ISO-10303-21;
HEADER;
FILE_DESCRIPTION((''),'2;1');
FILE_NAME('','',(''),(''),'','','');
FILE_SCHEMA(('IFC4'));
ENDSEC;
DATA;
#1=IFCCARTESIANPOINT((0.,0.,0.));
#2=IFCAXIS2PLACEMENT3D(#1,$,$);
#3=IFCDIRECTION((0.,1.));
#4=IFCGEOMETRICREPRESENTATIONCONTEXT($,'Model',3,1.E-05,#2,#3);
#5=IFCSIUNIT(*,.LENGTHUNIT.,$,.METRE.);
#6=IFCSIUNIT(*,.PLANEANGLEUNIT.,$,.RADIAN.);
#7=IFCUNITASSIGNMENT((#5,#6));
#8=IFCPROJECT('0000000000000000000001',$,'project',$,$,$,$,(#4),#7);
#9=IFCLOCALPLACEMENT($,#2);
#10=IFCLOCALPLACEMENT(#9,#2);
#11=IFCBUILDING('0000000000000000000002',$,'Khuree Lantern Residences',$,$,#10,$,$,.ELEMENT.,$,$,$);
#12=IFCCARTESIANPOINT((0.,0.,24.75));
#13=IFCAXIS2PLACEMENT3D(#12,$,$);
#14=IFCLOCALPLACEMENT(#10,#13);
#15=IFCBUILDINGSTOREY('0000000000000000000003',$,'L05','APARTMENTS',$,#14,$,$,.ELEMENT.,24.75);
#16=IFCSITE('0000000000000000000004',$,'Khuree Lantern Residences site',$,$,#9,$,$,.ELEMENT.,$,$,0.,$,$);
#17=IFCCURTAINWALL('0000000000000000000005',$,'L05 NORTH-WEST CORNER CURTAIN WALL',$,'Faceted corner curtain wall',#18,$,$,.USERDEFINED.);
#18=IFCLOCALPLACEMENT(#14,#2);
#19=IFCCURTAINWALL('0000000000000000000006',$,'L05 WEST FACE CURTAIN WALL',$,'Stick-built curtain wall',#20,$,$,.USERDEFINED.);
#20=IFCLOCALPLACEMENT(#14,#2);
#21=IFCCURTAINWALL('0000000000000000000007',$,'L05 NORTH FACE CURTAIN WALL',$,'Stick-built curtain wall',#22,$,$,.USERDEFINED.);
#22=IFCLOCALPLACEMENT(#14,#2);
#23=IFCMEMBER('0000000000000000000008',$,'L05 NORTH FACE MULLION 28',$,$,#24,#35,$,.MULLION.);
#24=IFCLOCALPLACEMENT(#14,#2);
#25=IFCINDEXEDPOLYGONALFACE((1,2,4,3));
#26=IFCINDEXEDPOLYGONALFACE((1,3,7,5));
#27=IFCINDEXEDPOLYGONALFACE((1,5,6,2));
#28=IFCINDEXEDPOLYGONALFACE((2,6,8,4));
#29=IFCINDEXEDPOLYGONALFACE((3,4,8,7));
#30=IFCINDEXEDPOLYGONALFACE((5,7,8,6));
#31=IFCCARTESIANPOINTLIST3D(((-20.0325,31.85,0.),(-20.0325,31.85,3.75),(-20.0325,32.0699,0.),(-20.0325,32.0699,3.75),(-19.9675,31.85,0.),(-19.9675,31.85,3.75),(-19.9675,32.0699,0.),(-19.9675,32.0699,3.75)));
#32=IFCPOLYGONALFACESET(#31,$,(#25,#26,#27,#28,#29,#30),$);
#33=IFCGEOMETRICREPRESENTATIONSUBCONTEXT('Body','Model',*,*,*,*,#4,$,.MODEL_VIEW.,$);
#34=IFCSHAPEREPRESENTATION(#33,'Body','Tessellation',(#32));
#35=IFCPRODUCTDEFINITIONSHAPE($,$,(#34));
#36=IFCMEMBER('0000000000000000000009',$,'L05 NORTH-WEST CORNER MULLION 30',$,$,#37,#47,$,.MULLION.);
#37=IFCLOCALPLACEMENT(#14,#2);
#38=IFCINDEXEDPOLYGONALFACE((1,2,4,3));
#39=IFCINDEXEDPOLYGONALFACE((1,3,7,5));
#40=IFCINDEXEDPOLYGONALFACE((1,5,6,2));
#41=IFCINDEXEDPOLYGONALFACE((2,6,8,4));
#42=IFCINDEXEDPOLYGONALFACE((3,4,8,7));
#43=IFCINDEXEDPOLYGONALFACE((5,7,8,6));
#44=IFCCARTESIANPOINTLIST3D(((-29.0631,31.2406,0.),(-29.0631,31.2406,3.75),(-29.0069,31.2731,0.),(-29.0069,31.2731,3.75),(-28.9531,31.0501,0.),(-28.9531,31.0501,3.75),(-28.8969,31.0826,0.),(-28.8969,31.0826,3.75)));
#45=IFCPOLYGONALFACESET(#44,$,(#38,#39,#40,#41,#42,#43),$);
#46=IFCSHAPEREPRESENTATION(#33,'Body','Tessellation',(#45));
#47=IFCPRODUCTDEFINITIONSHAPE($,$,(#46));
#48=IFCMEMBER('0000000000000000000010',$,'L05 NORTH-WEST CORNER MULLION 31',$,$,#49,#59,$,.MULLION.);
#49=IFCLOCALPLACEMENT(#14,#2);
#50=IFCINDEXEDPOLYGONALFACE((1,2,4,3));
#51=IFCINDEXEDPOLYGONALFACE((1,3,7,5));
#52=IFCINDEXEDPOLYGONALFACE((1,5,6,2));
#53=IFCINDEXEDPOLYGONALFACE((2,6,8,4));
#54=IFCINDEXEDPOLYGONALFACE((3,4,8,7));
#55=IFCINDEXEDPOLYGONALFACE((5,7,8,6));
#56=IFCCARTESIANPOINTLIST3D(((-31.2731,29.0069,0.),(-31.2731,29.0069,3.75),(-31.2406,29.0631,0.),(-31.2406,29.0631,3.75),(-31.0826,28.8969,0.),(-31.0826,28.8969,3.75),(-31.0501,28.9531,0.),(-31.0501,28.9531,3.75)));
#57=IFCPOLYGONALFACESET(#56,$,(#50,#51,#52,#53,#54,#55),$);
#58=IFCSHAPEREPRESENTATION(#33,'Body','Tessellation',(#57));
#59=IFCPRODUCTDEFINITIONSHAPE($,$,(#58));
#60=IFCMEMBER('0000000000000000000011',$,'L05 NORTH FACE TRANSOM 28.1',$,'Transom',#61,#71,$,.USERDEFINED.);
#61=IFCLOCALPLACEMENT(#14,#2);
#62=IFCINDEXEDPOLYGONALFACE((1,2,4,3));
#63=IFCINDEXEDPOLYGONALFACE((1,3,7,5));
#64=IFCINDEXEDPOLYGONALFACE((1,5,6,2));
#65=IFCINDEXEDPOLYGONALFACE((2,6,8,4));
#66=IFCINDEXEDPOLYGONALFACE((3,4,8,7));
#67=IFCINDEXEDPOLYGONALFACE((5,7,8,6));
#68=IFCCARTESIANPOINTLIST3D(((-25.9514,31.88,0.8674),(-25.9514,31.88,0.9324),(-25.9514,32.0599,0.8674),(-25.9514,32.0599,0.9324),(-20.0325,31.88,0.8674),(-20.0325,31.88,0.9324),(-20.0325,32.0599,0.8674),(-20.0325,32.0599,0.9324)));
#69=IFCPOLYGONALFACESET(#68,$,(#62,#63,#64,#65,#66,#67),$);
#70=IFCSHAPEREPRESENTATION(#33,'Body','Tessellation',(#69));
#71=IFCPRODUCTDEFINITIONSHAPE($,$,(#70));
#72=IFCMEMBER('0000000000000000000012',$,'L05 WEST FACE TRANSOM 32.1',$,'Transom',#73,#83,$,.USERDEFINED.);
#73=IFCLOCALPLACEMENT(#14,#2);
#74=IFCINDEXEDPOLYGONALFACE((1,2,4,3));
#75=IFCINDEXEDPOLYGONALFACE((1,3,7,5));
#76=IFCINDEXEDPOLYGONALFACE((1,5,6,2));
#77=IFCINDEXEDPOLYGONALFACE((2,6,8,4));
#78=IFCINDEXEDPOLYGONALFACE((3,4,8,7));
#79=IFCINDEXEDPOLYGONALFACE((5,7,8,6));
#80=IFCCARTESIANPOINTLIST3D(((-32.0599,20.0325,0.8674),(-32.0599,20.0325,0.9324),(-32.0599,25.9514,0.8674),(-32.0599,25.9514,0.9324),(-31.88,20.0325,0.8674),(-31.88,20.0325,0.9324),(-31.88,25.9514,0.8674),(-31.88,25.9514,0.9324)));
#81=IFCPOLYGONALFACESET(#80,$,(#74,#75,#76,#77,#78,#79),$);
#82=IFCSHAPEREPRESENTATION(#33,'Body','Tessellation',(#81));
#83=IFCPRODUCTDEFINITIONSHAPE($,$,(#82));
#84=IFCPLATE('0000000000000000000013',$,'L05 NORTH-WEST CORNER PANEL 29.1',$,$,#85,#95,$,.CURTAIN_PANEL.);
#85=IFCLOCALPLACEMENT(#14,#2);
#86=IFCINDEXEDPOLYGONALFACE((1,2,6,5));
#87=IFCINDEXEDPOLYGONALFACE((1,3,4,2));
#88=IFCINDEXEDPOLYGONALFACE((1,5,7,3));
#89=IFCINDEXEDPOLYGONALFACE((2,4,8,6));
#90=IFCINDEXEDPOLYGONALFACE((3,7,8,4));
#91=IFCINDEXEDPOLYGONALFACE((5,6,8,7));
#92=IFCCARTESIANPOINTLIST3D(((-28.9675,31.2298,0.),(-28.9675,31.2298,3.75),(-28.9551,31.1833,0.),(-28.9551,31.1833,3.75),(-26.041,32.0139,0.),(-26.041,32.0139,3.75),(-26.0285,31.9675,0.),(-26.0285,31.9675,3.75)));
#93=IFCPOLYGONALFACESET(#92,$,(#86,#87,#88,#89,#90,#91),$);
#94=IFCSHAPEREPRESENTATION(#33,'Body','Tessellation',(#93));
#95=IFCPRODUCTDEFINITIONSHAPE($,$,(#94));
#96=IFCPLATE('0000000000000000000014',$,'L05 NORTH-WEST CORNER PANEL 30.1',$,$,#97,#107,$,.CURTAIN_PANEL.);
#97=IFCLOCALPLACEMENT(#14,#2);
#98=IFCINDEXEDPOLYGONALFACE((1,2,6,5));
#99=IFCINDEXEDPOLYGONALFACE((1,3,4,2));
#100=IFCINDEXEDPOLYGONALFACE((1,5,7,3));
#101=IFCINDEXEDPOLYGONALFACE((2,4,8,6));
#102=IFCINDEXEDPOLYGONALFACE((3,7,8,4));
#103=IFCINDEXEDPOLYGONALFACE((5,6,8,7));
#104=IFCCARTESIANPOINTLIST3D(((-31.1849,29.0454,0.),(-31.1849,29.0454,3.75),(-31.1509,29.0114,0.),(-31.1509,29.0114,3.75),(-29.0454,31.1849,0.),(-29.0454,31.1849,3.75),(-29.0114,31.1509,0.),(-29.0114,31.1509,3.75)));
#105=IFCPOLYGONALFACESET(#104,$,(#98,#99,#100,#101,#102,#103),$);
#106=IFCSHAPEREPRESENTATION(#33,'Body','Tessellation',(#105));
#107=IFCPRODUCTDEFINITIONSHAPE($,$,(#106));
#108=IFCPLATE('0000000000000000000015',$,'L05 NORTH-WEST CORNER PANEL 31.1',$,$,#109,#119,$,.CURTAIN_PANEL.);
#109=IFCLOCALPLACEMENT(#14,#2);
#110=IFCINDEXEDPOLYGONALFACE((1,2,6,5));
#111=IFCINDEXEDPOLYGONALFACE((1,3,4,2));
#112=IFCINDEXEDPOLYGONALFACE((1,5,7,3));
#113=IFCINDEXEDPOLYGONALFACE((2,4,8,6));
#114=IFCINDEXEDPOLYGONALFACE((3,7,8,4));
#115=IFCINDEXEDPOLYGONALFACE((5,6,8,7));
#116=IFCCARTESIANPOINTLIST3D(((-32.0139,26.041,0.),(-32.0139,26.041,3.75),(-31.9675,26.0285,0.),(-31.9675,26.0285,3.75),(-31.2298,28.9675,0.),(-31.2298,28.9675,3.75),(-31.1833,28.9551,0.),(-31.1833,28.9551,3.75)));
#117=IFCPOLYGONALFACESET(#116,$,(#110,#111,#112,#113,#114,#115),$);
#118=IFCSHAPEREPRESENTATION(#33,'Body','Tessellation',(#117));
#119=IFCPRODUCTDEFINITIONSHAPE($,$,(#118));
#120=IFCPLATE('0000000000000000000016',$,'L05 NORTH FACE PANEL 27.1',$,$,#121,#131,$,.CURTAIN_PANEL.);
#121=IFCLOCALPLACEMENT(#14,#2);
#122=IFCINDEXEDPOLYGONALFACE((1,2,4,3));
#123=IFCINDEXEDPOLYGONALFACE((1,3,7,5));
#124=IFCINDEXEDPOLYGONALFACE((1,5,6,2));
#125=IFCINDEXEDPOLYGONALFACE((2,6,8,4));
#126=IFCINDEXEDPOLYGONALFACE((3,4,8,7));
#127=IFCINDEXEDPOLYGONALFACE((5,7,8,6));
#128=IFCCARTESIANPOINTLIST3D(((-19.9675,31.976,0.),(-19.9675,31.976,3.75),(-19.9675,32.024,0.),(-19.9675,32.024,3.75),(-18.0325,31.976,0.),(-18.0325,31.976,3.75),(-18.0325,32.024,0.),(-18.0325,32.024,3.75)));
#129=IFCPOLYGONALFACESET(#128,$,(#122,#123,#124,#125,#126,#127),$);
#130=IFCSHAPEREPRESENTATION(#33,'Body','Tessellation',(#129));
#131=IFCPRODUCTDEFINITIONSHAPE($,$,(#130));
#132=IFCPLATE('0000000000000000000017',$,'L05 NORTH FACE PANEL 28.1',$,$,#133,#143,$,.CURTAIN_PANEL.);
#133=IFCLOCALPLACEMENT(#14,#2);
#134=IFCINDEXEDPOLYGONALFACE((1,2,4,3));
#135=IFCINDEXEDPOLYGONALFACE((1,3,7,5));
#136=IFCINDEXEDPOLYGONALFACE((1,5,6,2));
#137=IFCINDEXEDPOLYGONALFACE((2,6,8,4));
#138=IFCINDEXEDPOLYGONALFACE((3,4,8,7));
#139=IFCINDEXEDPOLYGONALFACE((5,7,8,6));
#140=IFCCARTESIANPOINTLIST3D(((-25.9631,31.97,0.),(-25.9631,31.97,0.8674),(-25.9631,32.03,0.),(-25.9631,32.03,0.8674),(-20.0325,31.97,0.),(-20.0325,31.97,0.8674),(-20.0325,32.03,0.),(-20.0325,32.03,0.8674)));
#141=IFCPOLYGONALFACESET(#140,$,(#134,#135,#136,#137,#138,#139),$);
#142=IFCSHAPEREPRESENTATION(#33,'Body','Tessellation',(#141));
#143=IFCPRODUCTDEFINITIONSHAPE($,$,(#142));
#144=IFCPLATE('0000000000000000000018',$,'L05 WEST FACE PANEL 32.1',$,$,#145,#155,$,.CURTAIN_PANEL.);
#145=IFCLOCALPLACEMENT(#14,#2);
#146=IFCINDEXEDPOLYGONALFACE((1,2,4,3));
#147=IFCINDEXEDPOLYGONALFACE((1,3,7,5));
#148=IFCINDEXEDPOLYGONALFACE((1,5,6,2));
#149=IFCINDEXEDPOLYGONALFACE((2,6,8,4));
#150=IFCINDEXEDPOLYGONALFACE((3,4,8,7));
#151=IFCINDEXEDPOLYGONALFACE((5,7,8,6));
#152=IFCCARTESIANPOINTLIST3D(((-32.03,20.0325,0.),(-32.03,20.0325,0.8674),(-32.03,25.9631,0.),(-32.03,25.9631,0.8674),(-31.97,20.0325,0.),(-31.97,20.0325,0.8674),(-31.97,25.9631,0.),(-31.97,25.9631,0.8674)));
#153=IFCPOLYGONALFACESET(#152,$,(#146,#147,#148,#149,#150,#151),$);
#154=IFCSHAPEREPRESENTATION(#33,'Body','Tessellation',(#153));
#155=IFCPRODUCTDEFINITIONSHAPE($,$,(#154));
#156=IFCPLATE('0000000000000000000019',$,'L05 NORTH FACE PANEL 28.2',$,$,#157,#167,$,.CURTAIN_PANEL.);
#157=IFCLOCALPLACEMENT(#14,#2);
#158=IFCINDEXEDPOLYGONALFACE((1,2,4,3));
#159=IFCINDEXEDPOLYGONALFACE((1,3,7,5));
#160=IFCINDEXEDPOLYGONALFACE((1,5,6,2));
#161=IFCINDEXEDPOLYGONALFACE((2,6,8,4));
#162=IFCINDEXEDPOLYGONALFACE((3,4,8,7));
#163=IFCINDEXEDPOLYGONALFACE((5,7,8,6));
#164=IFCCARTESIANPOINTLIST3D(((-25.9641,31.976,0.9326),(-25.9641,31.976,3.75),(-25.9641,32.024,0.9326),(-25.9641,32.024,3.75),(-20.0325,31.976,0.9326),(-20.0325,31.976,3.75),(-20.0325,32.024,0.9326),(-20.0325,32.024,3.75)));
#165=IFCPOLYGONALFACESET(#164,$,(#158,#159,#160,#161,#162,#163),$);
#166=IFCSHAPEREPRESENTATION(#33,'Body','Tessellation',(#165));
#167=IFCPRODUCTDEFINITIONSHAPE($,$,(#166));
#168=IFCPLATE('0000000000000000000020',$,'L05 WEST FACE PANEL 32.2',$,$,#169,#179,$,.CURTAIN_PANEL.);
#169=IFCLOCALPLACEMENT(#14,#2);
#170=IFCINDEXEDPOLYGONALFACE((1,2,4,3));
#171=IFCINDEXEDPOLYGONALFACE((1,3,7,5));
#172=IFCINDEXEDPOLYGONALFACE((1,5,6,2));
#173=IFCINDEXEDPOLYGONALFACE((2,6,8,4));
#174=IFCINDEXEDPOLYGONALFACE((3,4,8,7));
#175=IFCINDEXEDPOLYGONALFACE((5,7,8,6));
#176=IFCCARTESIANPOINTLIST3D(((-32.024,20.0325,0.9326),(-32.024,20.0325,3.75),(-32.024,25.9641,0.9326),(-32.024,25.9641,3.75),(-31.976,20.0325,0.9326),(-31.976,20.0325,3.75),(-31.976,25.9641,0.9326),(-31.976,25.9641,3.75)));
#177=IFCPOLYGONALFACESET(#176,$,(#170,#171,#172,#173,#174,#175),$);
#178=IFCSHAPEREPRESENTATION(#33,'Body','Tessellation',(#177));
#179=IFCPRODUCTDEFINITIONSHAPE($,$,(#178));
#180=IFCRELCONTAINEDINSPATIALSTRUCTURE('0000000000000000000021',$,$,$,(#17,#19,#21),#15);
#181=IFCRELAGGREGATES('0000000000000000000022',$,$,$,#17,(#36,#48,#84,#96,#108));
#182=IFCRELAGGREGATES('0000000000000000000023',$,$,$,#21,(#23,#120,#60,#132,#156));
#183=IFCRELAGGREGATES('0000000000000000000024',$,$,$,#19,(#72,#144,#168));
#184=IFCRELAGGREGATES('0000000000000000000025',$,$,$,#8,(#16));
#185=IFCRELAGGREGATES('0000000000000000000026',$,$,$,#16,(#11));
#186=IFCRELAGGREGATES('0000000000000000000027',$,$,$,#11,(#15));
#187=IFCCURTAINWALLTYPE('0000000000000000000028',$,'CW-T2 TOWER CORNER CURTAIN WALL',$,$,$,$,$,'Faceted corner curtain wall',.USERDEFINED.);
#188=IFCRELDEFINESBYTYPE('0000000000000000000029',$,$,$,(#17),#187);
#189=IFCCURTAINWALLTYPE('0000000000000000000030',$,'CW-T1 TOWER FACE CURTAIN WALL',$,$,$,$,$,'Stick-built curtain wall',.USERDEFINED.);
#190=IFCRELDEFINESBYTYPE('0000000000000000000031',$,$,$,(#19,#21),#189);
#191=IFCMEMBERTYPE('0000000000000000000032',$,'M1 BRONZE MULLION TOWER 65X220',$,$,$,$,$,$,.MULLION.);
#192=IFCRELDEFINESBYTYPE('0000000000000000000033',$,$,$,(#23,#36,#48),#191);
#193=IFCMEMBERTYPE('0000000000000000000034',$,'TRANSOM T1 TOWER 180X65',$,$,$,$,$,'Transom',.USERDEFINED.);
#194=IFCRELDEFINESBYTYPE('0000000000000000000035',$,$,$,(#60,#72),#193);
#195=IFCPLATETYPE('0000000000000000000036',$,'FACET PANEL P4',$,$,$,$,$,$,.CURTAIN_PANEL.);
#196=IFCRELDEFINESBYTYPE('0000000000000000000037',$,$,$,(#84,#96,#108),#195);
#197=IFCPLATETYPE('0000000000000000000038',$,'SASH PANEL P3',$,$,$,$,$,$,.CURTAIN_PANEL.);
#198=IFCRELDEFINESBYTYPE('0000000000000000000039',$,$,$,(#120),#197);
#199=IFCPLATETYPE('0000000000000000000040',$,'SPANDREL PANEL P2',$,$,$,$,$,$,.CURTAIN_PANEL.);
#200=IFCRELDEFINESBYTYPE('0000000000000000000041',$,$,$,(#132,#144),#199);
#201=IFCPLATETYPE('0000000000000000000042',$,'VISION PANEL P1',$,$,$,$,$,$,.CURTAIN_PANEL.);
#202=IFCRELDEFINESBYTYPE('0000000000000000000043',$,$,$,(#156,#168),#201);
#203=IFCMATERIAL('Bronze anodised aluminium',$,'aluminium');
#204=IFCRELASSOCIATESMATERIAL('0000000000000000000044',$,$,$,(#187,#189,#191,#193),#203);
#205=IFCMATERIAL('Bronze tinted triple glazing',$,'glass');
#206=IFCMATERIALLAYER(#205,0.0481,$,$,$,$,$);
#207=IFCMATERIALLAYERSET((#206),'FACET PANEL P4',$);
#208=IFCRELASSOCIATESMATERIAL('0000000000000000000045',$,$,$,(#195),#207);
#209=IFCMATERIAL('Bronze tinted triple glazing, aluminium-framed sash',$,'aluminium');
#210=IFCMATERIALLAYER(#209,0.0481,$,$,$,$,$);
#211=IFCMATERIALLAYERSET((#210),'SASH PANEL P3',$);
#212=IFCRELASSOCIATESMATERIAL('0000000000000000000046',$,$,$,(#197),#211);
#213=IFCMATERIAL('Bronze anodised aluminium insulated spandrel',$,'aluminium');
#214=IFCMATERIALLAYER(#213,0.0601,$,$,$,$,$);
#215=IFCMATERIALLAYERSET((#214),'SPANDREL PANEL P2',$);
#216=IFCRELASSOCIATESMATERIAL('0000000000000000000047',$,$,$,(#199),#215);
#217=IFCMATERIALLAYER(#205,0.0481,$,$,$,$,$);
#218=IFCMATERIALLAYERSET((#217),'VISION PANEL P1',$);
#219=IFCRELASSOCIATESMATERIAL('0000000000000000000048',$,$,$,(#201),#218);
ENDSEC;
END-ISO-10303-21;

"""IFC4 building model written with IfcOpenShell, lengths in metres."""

from ifc_helpers import new_model, si_unit, direction, frame, origin, origin_2d, place, context, subcontext, project, spatial, rectangle, extrude, material, layer, layer_set, material_profile, profile_set, type_object, element, aggregate, save


model = new_model("IFC4")

# Units and contexts
model_context = context("Model", 3, precision=1e-05, world=origin(), true_north=direction((0.0, 1.0)))
body_context = subcontext(model_context, "Body", "Model", "MODEL_VIEW")
ifc_project = project(units=[si_unit("LENGTHUNIT", "METRE"), si_unit("PLANEANGLEUNIT", "RADIAN")], contexts=[model_context])

# Site, building, storey
site_placement = place(None, origin())
site = spatial("IfcSite", under=ifc_project, at=site_placement, Name="Khuree Lantern Residences site", CompositionType="ELEMENT", RefElevation=0.0)
building_placement = place(site_placement, origin())
building = spatial("IfcBuilding", under=site, at=building_placement, Name="Khuree Lantern Residences", CompositionType="ELEMENT")
storey_placement = place(building_placement, frame((0.0, 0.0, 24.75)))
storey = spatial("IfcBuildingStorey", under=building, at=storey_placement, Name="L05", Description="APARTMENTS", CompositionType="ELEMENT", Elevation=24.75)

# Curtain walls
ifc_material_1 = material(Name="Bronze anodised aluminium", Category="aluminium")
curtain_wall_type_1 = type_object("IfcCurtainWallType", Name="CW-T2 TOWER CORNER CURTAIN WALL", ElementType="Faceted corner curtain wall", PredefinedType="USERDEFINED", material=ifc_material_1)
curtain_wall_1_placement = place(storey_placement, origin())
curtain_wall_1 = element("IfcCurtainWall", 1, at=curtain_wall_1_placement, inside=storey, type_object=curtain_wall_type_1, Name="L05 NORTH-WEST CORNER CURTAIN WALL", ObjectType="Faceted corner curtain wall", PredefinedType="USERDEFINED")
curtain_wall_type_2 = type_object("IfcCurtainWallType", Name="CW-T1 TOWER FACE CURTAIN WALL", ElementType="Stick-built curtain wall", PredefinedType="USERDEFINED", material=ifc_material_1)
curtain_wall_2_placement = place(storey_placement, origin())
curtain_wall_2 = element("IfcCurtainWall", 2, at=curtain_wall_2_placement, inside=storey, type_object=curtain_wall_type_2, Name="L05 WEST FACE CURTAIN WALL", ObjectType="Stick-built curtain wall", PredefinedType="USERDEFINED")

# Curtain wall, member
curtain_wall_3_placement = place(storey_placement, origin())
curtain_wall_3 = element("IfcCurtainWall", 3, at=curtain_wall_3_placement, inside=storey, type_object=curtain_wall_type_2, Name="L05 NORTH FACE CURTAIN WALL", ObjectType="Stick-built curtain wall", PredefinedType="USERDEFINED")
ifc_material_profile_1 = material_profile(ifc_material_1, rectangle(XDim=0.0649, YDim=0.22, at=origin_2d()), Name="M1 65X220")
ifc_profile_set_1 = profile_set([ifc_material_profile_1], Name="Bronze anodised aluminium")
member_type_1 = type_object("IfcMemberType", Name="M1 BRONZE MULLION TOWER 65X220", PredefinedType="MULLION", material=ifc_profile_set_1)
member_1_placement = place(storey_placement, frame((-20.0, 31.96, 0.0), z_axis=(0.0, 0.0, 1.0), x_axis=(-1.0, 0.0, 0.0)))
member_1 = element("IfcMember", 4, at=member_1_placement, type_object=member_type_1, Name="L05 NORTH FACE MULLION 28", PredefinedType="MULLION", context=body_context, shape_type="SweptSolid", body=[
    extrude(rectangle(XDim=0.0649, YDim=0.22, at=origin_2d()), origin(), (0.0, 0.0, 1.0), 3.75),
])

# Members
member_2_placement = place(storey_placement, frame((-28.98, 31.1616, 0.0), z_axis=(0.0, 0.0, 1.0), x_axis=(-0.866025, -0.5, 0.0)))
member_2 = element("IfcMember", 5, at=member_2_placement, type_object=member_type_1, Name="L05 NORTH-WEST CORNER MULLION 30", PredefinedType="MULLION", context=body_context, shape_type="SweptSolid", body=[
    extrude(rectangle(XDim=0.0649, YDim=0.22, at=origin_2d()), origin(), (0.0, 0.0, 1.0), 3.75),
])
member_3_placement = place(storey_placement, frame((-31.1616, 28.98, 0.0), z_axis=(0.0, 0.0, 1.0), x_axis=(-0.5, -0.866025, 0.0)))
member_3 = element("IfcMember", 6, at=member_3_placement, type_object=member_type_1, Name="L05 NORTH-WEST CORNER MULLION 31", PredefinedType="MULLION", context=body_context, shape_type="SweptSolid", body=[
    extrude(rectangle(XDim=0.0649, YDim=0.22, at=origin_2d()), origin(), (0.0, 0.0, 1.0), 3.75),
])
ifc_material_profile_2 = material_profile(ifc_material_1, rectangle(XDim=0.1799, YDim=0.0649, at=origin_2d()), Name="T1 180X65")
ifc_profile_set_2 = profile_set([ifc_material_profile_2], Name="Bronze anodised aluminium")
member_type_2 = type_object("IfcMemberType", Name="TRANSOM T1 TOWER 180X65", ElementType="Transom", PredefinedType="USERDEFINED", material=ifc_profile_set_2)
member_4_placement = place(storey_placement, frame((-20.0325, 31.97, 0.8999), z_axis=(-1.0, 0.0, 0.0), x_axis=(0.0, -1.0, 0.0)))
member_4 = element("IfcMember", 7, at=member_4_placement, type_object=member_type_2, Name="L05 NORTH FACE TRANSOM 28.1", ObjectType="Transom", PredefinedType="USERDEFINED", context=body_context, shape_type="SweptSolid", body=[
    extrude(rectangle(XDim=0.1799, YDim=0.0649, at=origin_2d()), origin(), (0.0, 0.0, 1.0), 5.9189),
])
member_5_placement = place(storey_placement, frame((-31.97, 25.9514, 0.8999), z_axis=(0.0, -1.0, 0.0), x_axis=(1.0, 0.0, 0.0)))
member_5 = element("IfcMember", 8, at=member_5_placement, type_object=member_type_2, Name="L05 WEST FACE TRANSOM 32.1", ObjectType="Transom", PredefinedType="USERDEFINED", context=body_context, shape_type="SweptSolid", body=[
    extrude(rectangle(XDim=0.1799, YDim=0.0649, at=origin_2d()), origin(), (0.0, 0.0, 1.0), 5.9189),
])

# Plates
ifc_material_2 = material(Name="Bronze tinted triple glazing", Category="glass")
ifc_layer_1 = layer(ifc_material_2, 0.0481)
ifc_layer_set_1 = layer_set([ifc_layer_1], Name="FACET PANEL P4")
plate_type_1 = type_object("IfcPlateType", Name="FACET PANEL P4", PredefinedType="CURTAIN_PANEL", material=ifc_layer_set_1)
plate_1_placement = place(storey_placement, frame((-27.498, 31.5986, 0.0), z_axis=(0.0, 0.0, 1.0), x_axis=(-0.965926, -0.258819, 0.0)))
plate_1 = element("IfcPlate", 9, at=plate_1_placement, type_object=plate_type_1, Name="L05 NORTH-WEST CORNER PANEL 29.1", PredefinedType="CURTAIN_PANEL", context=body_context, shape_type="SweptSolid", body=[
    extrude(rectangle(XDim=3.0298, YDim=0.0481, at=origin_2d()), origin(), (0.0, 0.0, 1.0), 3.75),
])
plate_2_placement = place(storey_placement, frame((-30.0981, 30.0981, 0.0), z_axis=(0.0, 0.0, 1.0), x_axis=(-0.707107, -0.707107, 0.0)))
plate_2 = element("IfcPlate", 10, at=plate_2_placement, type_object=plate_type_1, Name="L05 NORTH-WEST CORNER PANEL 30.1", PredefinedType="CURTAIN_PANEL", context=body_context, shape_type="SweptSolid", body=[
    extrude(rectangle(XDim=3.0256, YDim=0.0481, at=origin_2d()), origin(), (0.0, 0.0, 1.0), 3.75),
])
plate_3_placement = place(storey_placement, frame((-31.5986, 27.498, 0.0), z_axis=(0.0, 0.0, 1.0), x_axis=(-0.258819, -0.965926, 0.0)))
plate_3 = element("IfcPlate", 11, at=plate_3_placement, type_object=plate_type_1, Name="L05 NORTH-WEST CORNER PANEL 31.1", PredefinedType="CURTAIN_PANEL", context=body_context, shape_type="SweptSolid", body=[
    extrude(rectangle(XDim=3.0298, YDim=0.0481, at=origin_2d()), origin(), (0.0, 0.0, 1.0), 3.75),
])
aggregate(curtain_wall_1, [member_2, member_3, plate_1, plate_2, plate_3])
ifc_material_3 = material(Name="Bronze tinted triple glazing, aluminium-framed sash", Category="aluminium")
ifc_layer_2 = layer(ifc_material_3, 0.0481)
ifc_layer_set_2 = layer_set([ifc_layer_2], Name="SASH PANEL P3")
plate_type_2 = type_object("IfcPlateType", Name="SASH PANEL P3", PredefinedType="CURTAIN_PANEL", material=ifc_layer_set_2)
plate_4_placement = place(storey_placement, frame((-19.0, 32.0, 0.0), z_axis=(0.0, 0.0, 1.0), x_axis=(-1.0, 0.0, 0.0)))
plate_4 = element("IfcPlate", 12, at=plate_4_placement, type_object=plate_type_2, Name="L05 NORTH FACE PANEL 27.1", PredefinedType="CURTAIN_PANEL", context=body_context, shape_type="SweptSolid", body=[
    extrude(rectangle(XDim=1.9351, YDim=0.0481, at=origin_2d()), origin(), (0.0, 0.0, 1.0), 3.75),
])
ifc_material_4 = material(Name="Bronze anodised aluminium insulated spandrel", Category="aluminium")
ifc_layer_3 = layer(ifc_material_4, 0.0601)
ifc_layer_set_3 = layer_set([ifc_layer_3], Name="SPANDREL PANEL P2")
plate_type_3 = type_object("IfcPlateType", Name="SPANDREL PANEL P2", PredefinedType="CURTAIN_PANEL", material=ifc_layer_set_3)
plate_5_placement = place(storey_placement, frame((-22.9978, 32.0, 0.0), z_axis=(0.0, 0.0, 1.0), x_axis=(-1.0, 0.0, 0.0)))
plate_5 = element("IfcPlate", 13, at=plate_5_placement, type_object=plate_type_3, Name="L05 NORTH FACE PANEL 28.1", PredefinedType="CURTAIN_PANEL", context=body_context, shape_type="SweptSolid", body=[
    extrude(rectangle(XDim=5.9307, YDim=0.0601, at=origin_2d()), origin(), (0.0, 0.0, 1.0), 0.8674),
])
plate_6_placement = place(storey_placement, frame((-32.0, 22.9978, 0.0), z_axis=(0.0, 0.0, 1.0), x_axis=(0.0, -1.0, 0.0)))
plate_6 = element("IfcPlate", 14, at=plate_6_placement, type_object=plate_type_3, Name="L05 WEST FACE PANEL 32.1", PredefinedType="CURTAIN_PANEL", context=body_context, shape_type="SweptSolid", body=[
    extrude(rectangle(XDim=5.9307, YDim=0.0601, at=origin_2d()), origin(), (0.0, 0.0, 1.0), 0.8674),
])
ifc_layer_4 = layer(ifc_material_2, 0.0481)
ifc_layer_set_4 = layer_set([ifc_layer_4], Name="VISION PANEL P1")
plate_type_4 = type_object("IfcPlateType", Name="VISION PANEL P1", PredefinedType="CURTAIN_PANEL", material=ifc_layer_set_4)
plate_7_placement = place(storey_placement, frame((-22.9983, 32.0, 0.9326), z_axis=(0.0, 0.0, 1.0), x_axis=(-1.0, 0.0, 0.0)))
plate_7 = element("IfcPlate", 15, at=plate_7_placement, type_object=plate_type_4, Name="L05 NORTH FACE PANEL 28.2", PredefinedType="CURTAIN_PANEL", context=body_context, shape_type="SweptSolid", body=[
    extrude(rectangle(XDim=5.9316, YDim=0.0481, at=origin_2d()), origin(), (0.0, 0.0, 1.0), 2.8174),
])
aggregate(curtain_wall_3, [member_1, plate_4, member_4, plate_5, plate_7])
plate_8_placement = place(storey_placement, frame((-32.0, 22.9983, 0.9326), z_axis=(0.0, 0.0, 1.0), x_axis=(0.0, -1.0, 0.0)))
plate_8 = element("IfcPlate", 16, at=plate_8_placement, type_object=plate_type_4, Name="L05 WEST FACE PANEL 32.2", PredefinedType="CURTAIN_PANEL", context=body_context, shape_type="SweptSolid", body=[
    extrude(rectangle(XDim=5.9316, YDim=0.0481, at=origin_2d()), origin(), (0.0, 0.0, 1.0), 2.8174),
])
aggregate(curtain_wall_2, [member_5, plate_6, plate_8])

save(model, "model.ifc")
